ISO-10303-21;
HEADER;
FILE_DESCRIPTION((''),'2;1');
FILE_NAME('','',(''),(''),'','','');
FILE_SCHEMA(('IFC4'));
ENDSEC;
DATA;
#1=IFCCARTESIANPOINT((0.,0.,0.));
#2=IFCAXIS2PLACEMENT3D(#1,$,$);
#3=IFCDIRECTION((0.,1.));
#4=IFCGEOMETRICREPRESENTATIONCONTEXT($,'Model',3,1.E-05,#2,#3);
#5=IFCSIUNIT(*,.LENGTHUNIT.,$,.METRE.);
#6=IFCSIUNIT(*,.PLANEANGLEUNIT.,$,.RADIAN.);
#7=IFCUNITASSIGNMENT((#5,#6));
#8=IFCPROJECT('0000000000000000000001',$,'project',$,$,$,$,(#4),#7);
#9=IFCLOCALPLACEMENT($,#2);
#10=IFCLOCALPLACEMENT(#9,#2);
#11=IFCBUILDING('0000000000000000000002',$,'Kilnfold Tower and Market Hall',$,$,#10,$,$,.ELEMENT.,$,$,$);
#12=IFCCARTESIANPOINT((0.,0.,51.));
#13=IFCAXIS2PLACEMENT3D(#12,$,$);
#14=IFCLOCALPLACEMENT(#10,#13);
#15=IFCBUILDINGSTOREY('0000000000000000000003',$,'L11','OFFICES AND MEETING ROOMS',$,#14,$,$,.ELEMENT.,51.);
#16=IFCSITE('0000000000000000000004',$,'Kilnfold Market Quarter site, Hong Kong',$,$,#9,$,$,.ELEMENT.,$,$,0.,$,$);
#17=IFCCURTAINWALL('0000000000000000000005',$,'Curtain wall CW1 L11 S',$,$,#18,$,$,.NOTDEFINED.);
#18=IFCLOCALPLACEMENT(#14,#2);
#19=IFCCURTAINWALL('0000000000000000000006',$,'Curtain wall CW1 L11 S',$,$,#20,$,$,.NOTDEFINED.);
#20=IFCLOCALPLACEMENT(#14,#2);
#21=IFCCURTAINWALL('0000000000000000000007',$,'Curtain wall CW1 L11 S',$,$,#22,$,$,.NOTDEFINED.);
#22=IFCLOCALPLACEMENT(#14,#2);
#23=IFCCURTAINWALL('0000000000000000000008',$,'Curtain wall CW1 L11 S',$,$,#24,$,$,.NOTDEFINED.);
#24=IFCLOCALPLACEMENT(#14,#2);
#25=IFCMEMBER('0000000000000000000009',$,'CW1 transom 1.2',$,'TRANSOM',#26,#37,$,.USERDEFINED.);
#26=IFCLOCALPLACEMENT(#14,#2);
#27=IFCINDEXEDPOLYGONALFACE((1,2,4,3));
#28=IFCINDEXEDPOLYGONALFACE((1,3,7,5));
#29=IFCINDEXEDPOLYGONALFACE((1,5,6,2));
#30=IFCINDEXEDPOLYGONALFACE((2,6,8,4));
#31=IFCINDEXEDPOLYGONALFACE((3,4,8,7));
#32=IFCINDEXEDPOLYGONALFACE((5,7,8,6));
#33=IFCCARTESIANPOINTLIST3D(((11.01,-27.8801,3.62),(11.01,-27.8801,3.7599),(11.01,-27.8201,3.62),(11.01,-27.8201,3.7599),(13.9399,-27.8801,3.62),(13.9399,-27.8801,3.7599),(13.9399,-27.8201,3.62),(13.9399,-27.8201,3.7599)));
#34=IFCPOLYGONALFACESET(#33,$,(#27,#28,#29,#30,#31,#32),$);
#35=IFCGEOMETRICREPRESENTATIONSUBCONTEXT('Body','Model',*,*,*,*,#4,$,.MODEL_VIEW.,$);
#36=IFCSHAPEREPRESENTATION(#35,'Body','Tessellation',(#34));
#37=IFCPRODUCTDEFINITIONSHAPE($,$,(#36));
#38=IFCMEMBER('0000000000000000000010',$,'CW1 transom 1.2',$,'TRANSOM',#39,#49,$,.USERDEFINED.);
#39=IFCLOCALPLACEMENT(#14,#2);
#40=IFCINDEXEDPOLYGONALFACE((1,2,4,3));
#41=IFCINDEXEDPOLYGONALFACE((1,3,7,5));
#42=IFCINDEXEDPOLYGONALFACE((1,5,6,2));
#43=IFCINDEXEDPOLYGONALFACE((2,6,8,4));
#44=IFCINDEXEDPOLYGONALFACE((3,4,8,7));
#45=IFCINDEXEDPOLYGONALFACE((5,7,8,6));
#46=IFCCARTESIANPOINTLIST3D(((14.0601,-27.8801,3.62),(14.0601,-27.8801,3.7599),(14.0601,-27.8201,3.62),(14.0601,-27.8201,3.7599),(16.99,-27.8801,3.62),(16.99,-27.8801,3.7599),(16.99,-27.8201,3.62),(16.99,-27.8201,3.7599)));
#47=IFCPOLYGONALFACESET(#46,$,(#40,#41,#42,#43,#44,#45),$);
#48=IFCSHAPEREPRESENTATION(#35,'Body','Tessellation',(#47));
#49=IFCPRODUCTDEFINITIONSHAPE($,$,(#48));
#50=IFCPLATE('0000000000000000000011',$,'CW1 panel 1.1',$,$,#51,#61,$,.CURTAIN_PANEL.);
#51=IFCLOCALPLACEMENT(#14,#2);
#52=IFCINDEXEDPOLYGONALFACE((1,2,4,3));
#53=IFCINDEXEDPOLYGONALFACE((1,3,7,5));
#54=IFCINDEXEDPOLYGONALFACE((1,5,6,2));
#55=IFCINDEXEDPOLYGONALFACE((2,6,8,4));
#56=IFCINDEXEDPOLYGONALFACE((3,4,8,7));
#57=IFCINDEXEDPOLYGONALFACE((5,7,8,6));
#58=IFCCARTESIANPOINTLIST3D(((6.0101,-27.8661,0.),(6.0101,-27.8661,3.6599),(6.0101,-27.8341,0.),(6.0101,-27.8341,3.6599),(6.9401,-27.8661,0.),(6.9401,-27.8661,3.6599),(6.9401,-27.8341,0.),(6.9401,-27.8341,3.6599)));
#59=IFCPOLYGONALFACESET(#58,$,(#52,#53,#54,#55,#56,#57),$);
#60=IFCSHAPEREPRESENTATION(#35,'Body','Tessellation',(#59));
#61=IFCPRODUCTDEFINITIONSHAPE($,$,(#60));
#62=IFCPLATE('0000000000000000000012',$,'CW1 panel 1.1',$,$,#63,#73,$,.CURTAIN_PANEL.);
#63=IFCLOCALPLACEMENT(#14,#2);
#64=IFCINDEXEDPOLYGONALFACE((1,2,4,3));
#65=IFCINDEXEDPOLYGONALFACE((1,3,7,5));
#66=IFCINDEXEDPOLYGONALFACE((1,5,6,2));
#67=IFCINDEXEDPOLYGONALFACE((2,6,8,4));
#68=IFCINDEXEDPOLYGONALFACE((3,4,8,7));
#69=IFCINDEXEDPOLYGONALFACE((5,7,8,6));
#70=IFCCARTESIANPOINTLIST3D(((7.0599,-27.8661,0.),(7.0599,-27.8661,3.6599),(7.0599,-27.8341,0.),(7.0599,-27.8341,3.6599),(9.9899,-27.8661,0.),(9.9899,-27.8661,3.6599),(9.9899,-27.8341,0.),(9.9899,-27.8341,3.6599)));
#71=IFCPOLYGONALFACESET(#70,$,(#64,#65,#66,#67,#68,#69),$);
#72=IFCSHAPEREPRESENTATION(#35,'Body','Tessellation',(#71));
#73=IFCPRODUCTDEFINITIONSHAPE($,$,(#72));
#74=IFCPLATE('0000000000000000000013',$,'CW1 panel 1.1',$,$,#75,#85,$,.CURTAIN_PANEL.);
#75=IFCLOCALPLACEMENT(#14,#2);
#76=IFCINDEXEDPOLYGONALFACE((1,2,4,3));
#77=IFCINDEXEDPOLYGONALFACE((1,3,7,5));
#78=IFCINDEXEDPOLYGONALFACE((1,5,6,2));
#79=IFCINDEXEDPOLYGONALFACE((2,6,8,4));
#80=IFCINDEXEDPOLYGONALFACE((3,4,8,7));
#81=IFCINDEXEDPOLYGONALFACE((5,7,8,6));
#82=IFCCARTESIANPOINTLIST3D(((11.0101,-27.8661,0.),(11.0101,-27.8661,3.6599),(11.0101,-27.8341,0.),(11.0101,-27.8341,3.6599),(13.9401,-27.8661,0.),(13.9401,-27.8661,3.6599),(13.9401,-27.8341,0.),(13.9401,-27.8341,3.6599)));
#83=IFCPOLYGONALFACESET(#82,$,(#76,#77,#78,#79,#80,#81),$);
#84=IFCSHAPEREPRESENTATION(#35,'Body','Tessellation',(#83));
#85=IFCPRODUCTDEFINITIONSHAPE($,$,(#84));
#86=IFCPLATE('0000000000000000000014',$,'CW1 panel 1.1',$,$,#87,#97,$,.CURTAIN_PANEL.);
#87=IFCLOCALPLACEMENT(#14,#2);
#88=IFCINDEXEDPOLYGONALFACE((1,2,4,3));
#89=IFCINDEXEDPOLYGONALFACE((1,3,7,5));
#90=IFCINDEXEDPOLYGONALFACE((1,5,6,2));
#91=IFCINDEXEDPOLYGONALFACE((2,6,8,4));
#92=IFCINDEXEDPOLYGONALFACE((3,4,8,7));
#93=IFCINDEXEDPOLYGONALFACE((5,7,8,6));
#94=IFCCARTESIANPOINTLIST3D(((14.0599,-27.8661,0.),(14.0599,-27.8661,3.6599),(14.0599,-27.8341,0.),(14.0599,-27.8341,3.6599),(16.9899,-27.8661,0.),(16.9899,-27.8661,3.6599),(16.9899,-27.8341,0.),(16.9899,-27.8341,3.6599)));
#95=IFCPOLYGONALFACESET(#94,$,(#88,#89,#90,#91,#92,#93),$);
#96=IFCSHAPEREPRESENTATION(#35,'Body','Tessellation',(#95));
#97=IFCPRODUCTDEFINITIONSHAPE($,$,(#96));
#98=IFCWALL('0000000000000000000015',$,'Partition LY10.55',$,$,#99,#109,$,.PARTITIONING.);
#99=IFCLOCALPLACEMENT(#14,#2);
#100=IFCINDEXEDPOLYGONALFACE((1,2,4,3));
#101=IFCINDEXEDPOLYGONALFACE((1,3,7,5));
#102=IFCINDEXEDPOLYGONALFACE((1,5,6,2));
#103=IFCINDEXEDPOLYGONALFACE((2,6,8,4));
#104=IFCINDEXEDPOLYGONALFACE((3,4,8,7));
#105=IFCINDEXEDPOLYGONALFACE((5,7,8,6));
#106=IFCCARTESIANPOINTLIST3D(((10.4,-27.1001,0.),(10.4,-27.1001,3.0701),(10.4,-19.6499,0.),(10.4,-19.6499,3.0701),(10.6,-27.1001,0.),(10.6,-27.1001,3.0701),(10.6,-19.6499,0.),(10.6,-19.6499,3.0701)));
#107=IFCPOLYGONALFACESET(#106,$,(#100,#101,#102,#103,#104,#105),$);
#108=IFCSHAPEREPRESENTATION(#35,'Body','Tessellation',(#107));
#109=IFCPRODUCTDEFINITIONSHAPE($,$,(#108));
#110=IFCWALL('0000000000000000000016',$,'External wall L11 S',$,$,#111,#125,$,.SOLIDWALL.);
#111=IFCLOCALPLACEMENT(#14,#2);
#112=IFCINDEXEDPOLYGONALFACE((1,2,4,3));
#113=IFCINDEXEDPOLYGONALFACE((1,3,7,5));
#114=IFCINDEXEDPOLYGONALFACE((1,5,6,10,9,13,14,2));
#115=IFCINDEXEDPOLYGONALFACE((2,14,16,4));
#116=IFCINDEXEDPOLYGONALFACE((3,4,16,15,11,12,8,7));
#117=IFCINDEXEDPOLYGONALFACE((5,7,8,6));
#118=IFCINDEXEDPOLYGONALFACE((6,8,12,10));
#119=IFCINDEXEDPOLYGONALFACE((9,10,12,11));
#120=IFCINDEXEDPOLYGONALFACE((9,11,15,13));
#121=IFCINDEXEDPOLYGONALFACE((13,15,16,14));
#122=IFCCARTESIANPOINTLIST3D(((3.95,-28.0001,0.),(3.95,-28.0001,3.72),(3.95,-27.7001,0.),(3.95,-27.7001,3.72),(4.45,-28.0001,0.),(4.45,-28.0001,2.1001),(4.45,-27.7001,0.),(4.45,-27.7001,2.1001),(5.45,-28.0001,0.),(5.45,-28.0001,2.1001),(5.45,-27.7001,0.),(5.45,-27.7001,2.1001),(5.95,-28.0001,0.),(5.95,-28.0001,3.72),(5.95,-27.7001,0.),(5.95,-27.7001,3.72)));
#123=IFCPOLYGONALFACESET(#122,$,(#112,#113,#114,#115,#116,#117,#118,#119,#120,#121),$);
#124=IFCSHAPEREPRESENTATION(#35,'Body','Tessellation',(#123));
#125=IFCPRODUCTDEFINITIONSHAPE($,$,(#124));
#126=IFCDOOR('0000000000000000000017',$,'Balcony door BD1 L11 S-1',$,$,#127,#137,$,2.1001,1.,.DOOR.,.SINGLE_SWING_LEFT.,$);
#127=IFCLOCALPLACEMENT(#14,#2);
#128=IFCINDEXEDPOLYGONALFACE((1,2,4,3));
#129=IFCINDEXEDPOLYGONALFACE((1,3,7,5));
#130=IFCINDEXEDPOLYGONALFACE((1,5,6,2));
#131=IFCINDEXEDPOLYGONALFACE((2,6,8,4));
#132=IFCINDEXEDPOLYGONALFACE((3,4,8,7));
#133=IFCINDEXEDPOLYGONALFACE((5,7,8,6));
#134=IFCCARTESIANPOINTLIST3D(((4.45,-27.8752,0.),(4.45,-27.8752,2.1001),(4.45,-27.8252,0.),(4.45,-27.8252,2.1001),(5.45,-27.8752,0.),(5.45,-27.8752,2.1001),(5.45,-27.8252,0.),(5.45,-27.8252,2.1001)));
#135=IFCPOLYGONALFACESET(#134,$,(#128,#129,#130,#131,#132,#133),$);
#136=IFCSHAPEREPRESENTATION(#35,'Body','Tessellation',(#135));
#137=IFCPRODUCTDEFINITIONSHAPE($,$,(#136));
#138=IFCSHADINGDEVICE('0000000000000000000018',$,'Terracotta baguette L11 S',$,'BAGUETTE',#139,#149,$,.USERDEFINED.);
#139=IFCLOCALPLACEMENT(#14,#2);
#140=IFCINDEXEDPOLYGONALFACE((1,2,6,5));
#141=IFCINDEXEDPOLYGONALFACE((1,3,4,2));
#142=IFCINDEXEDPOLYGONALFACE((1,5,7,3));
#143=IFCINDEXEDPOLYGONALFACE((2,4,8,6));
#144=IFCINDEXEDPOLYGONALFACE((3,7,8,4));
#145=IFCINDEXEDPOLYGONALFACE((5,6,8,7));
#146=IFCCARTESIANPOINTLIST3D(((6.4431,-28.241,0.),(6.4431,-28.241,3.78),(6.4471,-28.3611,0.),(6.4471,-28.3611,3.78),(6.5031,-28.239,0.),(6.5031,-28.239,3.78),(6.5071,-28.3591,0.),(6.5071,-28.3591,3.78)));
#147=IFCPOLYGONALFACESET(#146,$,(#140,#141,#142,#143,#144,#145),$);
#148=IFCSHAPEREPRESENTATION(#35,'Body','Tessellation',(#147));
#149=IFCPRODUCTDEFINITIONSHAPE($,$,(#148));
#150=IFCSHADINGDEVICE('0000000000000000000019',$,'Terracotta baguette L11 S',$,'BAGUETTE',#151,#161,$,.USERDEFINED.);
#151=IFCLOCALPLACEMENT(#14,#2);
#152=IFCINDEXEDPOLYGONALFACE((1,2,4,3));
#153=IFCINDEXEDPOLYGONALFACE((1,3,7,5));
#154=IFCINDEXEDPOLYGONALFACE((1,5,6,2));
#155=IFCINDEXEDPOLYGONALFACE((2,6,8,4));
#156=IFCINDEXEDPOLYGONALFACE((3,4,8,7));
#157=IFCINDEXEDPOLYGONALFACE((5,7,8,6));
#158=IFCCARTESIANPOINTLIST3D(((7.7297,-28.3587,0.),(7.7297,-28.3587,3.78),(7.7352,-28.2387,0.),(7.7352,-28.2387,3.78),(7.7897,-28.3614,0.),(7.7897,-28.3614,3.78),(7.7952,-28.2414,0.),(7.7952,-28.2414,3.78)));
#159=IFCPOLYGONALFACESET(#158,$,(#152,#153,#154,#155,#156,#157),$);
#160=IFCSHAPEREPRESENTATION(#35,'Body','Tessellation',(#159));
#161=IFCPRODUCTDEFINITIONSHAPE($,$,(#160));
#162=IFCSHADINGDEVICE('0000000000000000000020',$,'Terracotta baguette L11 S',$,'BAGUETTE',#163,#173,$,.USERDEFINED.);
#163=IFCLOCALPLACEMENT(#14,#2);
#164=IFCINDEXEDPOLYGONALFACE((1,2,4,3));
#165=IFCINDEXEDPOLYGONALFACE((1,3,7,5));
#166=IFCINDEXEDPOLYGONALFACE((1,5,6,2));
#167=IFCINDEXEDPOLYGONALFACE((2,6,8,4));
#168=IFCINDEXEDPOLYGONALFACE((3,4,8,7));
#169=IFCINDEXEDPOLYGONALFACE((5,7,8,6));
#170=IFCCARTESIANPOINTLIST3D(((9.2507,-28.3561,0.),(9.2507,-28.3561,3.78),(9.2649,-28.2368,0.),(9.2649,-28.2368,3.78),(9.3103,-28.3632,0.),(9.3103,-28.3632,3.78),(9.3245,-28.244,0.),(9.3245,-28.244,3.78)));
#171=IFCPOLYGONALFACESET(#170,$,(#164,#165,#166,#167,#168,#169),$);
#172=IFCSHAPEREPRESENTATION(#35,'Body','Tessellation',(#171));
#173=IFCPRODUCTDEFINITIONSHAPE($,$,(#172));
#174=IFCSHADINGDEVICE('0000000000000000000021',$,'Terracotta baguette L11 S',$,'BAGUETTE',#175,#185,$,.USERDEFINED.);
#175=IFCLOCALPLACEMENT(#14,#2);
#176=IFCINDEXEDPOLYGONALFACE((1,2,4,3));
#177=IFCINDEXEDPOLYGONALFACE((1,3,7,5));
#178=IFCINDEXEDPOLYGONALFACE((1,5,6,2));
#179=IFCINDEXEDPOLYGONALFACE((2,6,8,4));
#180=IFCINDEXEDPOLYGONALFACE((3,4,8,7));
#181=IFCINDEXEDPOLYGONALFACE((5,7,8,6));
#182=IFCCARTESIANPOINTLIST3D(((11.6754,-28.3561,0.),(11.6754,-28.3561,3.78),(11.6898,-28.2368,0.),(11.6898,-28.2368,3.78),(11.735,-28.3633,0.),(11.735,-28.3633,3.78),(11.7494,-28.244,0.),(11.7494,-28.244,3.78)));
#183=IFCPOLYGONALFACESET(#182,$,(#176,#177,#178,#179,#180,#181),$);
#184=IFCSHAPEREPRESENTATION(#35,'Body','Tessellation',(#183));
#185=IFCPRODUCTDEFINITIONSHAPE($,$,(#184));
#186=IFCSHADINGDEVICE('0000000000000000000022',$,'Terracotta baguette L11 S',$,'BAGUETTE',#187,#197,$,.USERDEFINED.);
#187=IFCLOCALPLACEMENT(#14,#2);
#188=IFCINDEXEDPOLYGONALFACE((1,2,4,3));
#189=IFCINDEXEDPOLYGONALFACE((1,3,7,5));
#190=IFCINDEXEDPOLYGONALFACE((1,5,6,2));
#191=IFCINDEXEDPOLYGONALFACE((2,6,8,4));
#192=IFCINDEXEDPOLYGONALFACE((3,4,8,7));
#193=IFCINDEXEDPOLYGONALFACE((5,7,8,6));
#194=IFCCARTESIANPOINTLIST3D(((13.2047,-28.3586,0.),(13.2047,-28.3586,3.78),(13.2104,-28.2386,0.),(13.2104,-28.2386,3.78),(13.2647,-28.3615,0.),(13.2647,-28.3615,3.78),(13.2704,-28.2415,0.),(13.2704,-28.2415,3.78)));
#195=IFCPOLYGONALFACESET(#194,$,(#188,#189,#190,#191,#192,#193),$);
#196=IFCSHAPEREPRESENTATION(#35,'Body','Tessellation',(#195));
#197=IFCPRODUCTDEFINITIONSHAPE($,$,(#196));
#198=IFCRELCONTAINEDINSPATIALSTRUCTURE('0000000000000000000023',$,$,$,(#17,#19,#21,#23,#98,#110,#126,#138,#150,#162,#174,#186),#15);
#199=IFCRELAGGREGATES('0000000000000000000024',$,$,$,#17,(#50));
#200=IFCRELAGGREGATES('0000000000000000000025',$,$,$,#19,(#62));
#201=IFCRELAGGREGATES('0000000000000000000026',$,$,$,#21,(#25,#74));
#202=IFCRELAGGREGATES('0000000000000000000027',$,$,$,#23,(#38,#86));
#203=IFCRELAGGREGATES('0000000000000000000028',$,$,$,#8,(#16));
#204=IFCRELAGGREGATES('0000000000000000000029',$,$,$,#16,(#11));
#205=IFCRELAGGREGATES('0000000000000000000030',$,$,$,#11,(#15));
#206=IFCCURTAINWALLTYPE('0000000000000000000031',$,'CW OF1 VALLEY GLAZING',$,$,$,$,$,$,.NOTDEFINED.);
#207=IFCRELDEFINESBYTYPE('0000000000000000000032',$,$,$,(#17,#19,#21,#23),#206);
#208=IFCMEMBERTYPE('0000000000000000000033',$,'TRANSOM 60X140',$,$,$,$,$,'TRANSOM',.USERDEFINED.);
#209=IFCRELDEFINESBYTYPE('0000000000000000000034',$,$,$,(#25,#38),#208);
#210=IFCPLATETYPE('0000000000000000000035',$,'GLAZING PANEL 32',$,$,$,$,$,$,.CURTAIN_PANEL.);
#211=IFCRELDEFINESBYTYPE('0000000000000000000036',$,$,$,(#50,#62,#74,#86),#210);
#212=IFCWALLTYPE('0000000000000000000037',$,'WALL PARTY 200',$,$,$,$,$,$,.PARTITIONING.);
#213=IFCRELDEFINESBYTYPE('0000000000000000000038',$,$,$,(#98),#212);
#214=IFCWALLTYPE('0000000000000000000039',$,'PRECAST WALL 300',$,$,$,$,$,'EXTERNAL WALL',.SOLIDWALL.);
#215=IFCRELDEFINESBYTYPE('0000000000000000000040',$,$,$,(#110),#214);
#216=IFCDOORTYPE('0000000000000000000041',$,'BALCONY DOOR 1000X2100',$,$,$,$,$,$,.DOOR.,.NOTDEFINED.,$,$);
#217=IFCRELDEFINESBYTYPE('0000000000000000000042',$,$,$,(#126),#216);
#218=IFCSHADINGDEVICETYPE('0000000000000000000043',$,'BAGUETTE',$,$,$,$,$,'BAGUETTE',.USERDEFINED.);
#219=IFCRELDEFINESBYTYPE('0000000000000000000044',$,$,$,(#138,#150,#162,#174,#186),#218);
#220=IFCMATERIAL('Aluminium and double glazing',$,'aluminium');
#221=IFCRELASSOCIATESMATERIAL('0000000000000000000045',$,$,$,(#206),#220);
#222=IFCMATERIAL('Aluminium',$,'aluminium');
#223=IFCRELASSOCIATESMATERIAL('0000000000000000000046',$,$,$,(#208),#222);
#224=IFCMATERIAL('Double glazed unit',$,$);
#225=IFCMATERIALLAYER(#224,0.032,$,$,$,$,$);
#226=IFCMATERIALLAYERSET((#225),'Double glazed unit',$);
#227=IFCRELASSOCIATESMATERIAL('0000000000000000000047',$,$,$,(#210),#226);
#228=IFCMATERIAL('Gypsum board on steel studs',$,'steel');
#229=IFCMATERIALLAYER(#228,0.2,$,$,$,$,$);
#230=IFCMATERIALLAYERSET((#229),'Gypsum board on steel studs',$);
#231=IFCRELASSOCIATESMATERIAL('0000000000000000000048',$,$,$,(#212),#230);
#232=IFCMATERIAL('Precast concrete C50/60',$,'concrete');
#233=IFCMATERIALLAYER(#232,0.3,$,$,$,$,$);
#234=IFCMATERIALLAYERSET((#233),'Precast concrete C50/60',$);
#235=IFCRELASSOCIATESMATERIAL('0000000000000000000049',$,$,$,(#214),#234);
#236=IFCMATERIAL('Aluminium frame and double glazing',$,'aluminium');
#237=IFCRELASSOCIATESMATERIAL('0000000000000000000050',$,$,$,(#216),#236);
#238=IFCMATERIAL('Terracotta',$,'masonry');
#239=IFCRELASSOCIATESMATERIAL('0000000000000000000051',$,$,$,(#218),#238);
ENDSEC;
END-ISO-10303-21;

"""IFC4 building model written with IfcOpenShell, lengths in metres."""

from ifc_helpers import new_model, si_unit, direction, frame, frame_2d, origin, origin_2d, place, context, subcontext, project, spatial, rectangle, extrude, source, transform, mapped, material, layer, layer_set, material_profile, profile_set, type_object, element, fill, aggregate, save


model = new_model("IFC4")

# Units and contexts
model_context = context("Model", 3, precision=1e-05, world=origin(), true_north=direction((0.0, 1.0)))
body_context = subcontext(model_context, "Body", "Model", "MODEL_VIEW")
ifc_project = project(units=[si_unit("LENGTHUNIT", "METRE"), si_unit("PLANEANGLEUNIT", "RADIAN")], contexts=[model_context])

# Site, building, storey
site_placement = place(None, origin())
site = spatial("IfcSite", under=ifc_project, at=site_placement, Name="Kilnfold Market Quarter site, Hong Kong", CompositionType="ELEMENT", RefElevation=0.0)
building_placement = place(site_placement, origin())
building = spatial("IfcBuilding", under=site, at=building_placement, Name="Kilnfold Tower and Market Hall", CompositionType="ELEMENT")
storey_placement = place(building_placement, frame((0.0, 0.0, 51.0)))
storey = spatial("IfcBuildingStorey", under=building, at=storey_placement, Name="L11", Description="OFFICES AND MEETING ROOMS", CompositionType="ELEMENT", Elevation=51.0)

# Curtain walls
ifc_material_1 = material(Name="Aluminium and double glazing", Category="aluminium")
curtain_wall_type = type_object("IfcCurtainWallType", Name="CW OF1 VALLEY GLAZING", PredefinedType="NOTDEFINED", material=ifc_material_1)
curtain_wall_1_placement = place(storey_placement, origin())
curtain_wall_1 = element("IfcCurtainWall", 1, at=curtain_wall_1_placement, inside=storey, type_object=curtain_wall_type, Name="Curtain wall CW1 L11 S", PredefinedType="NOTDEFINED")
curtain_wall_2_placement = place(storey_placement, origin())
curtain_wall_2 = element("IfcCurtainWall", 2, at=curtain_wall_2_placement, inside=storey, type_object=curtain_wall_type, Name="Curtain wall CW1 L11 S", PredefinedType="NOTDEFINED")
curtain_wall_3_placement = place(storey_placement, origin())
curtain_wall_3 = element("IfcCurtainWall", 3, at=curtain_wall_3_placement, inside=storey, type_object=curtain_wall_type, Name="Curtain wall CW1 L11 S", PredefinedType="NOTDEFINED")
curtain_wall_4_placement = place(storey_placement, origin())
curtain_wall_4 = element("IfcCurtainWall", 4, at=curtain_wall_4_placement, inside=storey, type_object=curtain_wall_type, Name="Curtain wall CW1 L11 S", PredefinedType="NOTDEFINED")

# Members
ifc_material_2 = material(Name="Aluminium", Category="aluminium")
ifc_material_profile_1 = material_profile(ifc_material_2, rectangle(XDim=0.0601, YDim=0.1399, at=origin_2d()), Name="TRANSOM 60x140")
ifc_profile_set_1 = profile_set([ifc_material_profile_1], Name="Aluminium")
member_type_1 = type_object("IfcMemberType", Name="TRANSOM 60X140", ElementType="TRANSOM", PredefinedType="USERDEFINED", material=ifc_profile_set_1)
shared_shape_1 = source(origin(), body_context, "Body", "SweptSolid", [
    extrude(rectangle(XDim=0.0601, YDim=0.1399, at=origin_2d()), origin(), (0.0, 0.0, 1.0), 2.9299),
])
member_1_placement = place(storey_placement, frame((11.01, -27.8501, 3.6899), z_axis=(1.0, 0.0, 0.0), x_axis=(0.0, 1.0, 0.0)))
member_1 = element("IfcMember", 5, at=member_1_placement, type_object=member_type_1, Name="CW1 transom 1.2", ObjectType="TRANSOM", PredefinedType="USERDEFINED", context=body_context, shape_type="MappedRepresentation", body=[
    mapped(shared_shape_1, transform((0.0, 0.0, 0.0))),
])
member_2_placement = place(storey_placement, frame((14.0601, -27.8501, 3.6899), z_axis=(1.0, 0.0, 0.0), x_axis=(0.0, 1.0, 0.0)))
member_2 = element("IfcMember", 6, at=member_2_placement, type_object=member_type_1, Name="CW1 transom 1.2", ObjectType="TRANSOM", PredefinedType="USERDEFINED", context=body_context, shape_type="MappedRepresentation", body=[
    mapped(shared_shape_1, transform((0.0, 0.0, 0.0))),
])

# Plates
ifc_material_3 = material(Name="Double glazed unit")
ifc_layer_1 = layer(ifc_material_3, 0.032)
ifc_layer_set_1 = layer_set([ifc_layer_1], Name="Double glazed unit")
plate_type = type_object("IfcPlateType", Name="GLAZING PANEL 32", PredefinedType="CURTAIN_PANEL", material=ifc_layer_set_1)
shared_shape_2 = source(origin(), body_context, "Body", "SweptSolid", [
    extrude(rectangle(XDim=0.9299, YDim=0.032, at=origin_2d()), origin(), (0.0, 0.0, 1.0), 3.6599),
])
plate_1_placement = place(storey_placement, frame((6.4751, -27.8501, 0.0), z_axis=(0.0, 0.0, 1.0), x_axis=(1.0, 0.0, 0.0)))
plate_1 = element("IfcPlate", 7, at=plate_1_placement, type_object=plate_type, Name="CW1 panel 1.1", PredefinedType="CURTAIN_PANEL", context=body_context, shape_type="MappedRepresentation", body=[
    mapped(shared_shape_2, transform((0.0, 0.0, 0.0))),
])
aggregate(curtain_wall_1, [plate_1])
shared_shape_3 = source(origin(), body_context, "Body", "SweptSolid", [
    extrude(rectangle(XDim=2.9299, YDim=0.032, at=origin_2d()), origin(), (0.0, 0.0, 1.0), 3.6599),
])
plate_2_placement = place(storey_placement, frame((8.5249, -27.8501, 0.0), z_axis=(0.0, 0.0, 1.0), x_axis=(1.0, 0.0, 0.0)))
plate_2 = element("IfcPlate", 8, at=plate_2_placement, type_object=plate_type, Name="CW1 panel 1.1", PredefinedType="CURTAIN_PANEL", context=body_context, shape_type="MappedRepresentation", body=[
    mapped(shared_shape_3, transform((0.0, 0.0, 0.0))),
])
aggregate(curtain_wall_2, [plate_2])
plate_3_placement = place(storey_placement, frame((12.4751, -27.8501, 0.0), z_axis=(0.0, 0.0, 1.0), x_axis=(1.0, 0.0, 0.0)))
plate_3 = element("IfcPlate", 9, at=plate_3_placement, type_object=plate_type, Name="CW1 panel 1.1", PredefinedType="CURTAIN_PANEL", context=body_context, shape_type="MappedRepresentation", body=[
    mapped(shared_shape_3, transform((0.0, 0.0, 0.0))),
])
aggregate(curtain_wall_3, [member_1, plate_3])
plate_4_placement = place(storey_placement, frame((15.5249, -27.8501, 0.0), z_axis=(0.0, 0.0, 1.0), x_axis=(1.0, 0.0, 0.0)))
plate_4 = element("IfcPlate", 10, at=plate_4_placement, type_object=plate_type, Name="CW1 panel 1.1", PredefinedType="CURTAIN_PANEL", context=body_context, shape_type="MappedRepresentation", body=[
    mapped(shared_shape_3, transform((0.0, 0.0, 0.0))),
])
aggregate(curtain_wall_4, [member_2, plate_4])

# Wall
ifc_material_4 = material(Name="Gypsum board on steel studs", Category="steel")
ifc_layer_2 = layer(ifc_material_4, 0.2)
ifc_layer_set_2 = layer_set([ifc_layer_2], Name="Gypsum board on steel studs")
wall_type_1 = type_object("IfcWallType", Name="WALL PARTY 200", PredefinedType="PARTITIONING", material=ifc_layer_set_2)
wall_1_placement = place(storey_placement, frame((10.5, -27.1001, 0.0), z_axis=(0.0, 0.0, 1.0), x_axis=(0.0, 1.0, 0.0)))
element("IfcWall", 11, at=wall_1_placement, inside=storey, type_object=wall_type_1, Name="Partition LY10.55", PredefinedType="PARTITIONING", context=body_context, shape_type="SweptSolid", body=[
    extrude(rectangle(XDim=7.4502, YDim=0.2, at=frame_2d((3.7251, 0.0))), origin(), (0.0, 0.0, 1.0), 3.0701),
])

# Wall, opening, door
ifc_material_5 = material(Name="Precast concrete C50/60", Category="concrete")
ifc_layer_3 = layer(ifc_material_5, 0.3)
ifc_layer_set_3 = layer_set([ifc_layer_3], Name="Precast concrete C50/60")
wall_type_2 = type_object("IfcWallType", Name="PRECAST WALL 300", ElementType="EXTERNAL WALL", PredefinedType="SOLIDWALL", material=ifc_layer_set_3)
shared_shape_4 = source(origin(), body_context, "Body", "SweptSolid", [
    extrude(rectangle(XDim=2.0, YDim=0.3, at=frame_2d((1.0, 0.0))), origin(), (0.0, 0.0, 1.0), 3.72),
])
wall_2_placement = place(storey_placement, frame((3.95, -27.8501, 0.0), z_axis=(0.0, 0.0, 1.0), x_axis=(1.0, 0.0, 0.0)))
wall_2 = element("IfcWall", 12, at=wall_2_placement, inside=storey, type_object=wall_type_2, Name="External wall L11 S", PredefinedType="SOLIDWALL", context=body_context, shape_type="MappedRepresentation", body=[
    mapped(shared_shape_4, transform((0.0, 0.0, 0.0))),
])
opening_placement = place(wall_2_placement, frame((0.5, 0.0, 0.0)))
opening = element("IfcOpeningElement", 13, at=opening_placement, cuts=wall_2, PredefinedType="OPENING", context=body_context, shape_type="SweptSolid", body=[
    extrude(rectangle(XDim=1.0, YDim=2.1001, at=frame_2d((0.5, 1.05))), frame((0.0, 0.1602, 0.0), z_axis=(0.0, -1.0, 0.0), x_axis=(1.0, 0.0, 0.0)), (0.0, 0.0, 1.0), 0.3201),
])
ifc_material_6 = material(Name="Aluminium frame and double glazing", Category="aluminium")
door_type = type_object("IfcDoorType", Name="BALCONY DOOR 1000X2100", OperationType="NOTDEFINED", PredefinedType="DOOR", material=ifc_material_6)
door_placement = place(opening_placement, origin())
door = element("IfcDoor", 14, at=door_placement, inside=storey, type_object=door_type, Name="Balcony door BD1 L11 S-1", OperationType="SINGLE_SWING_LEFT", OverallHeight=2.1001, OverallWidth=1.0, PredefinedType="DOOR", context=body_context, shape_type="SweptSolid", body=[
    extrude(rectangle(XDim=1.0, YDim=2.1001, at=frame_2d((0.5, 1.05))), frame((0.0, 0.0249, 0.0), z_axis=(0.0, -1.0, 0.0), x_axis=(1.0, 0.0, 0.0)), (0.0, 0.0, 1.0), 0.05),
])
fill(opening, door)

# Shading devices
ifc_material_7 = material(Name="Terracotta", Category="masonry")
ifc_material_profile_2 = material_profile(ifc_material_7, rectangle(XDim=0.0601, YDim=0.1201, at=origin_2d()), Name="BAG 60x120")
ifc_profile_set_2 = profile_set([ifc_material_profile_2], Name="Terracotta")
shading_device_type = type_object("IfcShadingDeviceType", Name="BAGUETTE", ElementType="BAGUETTE", PredefinedType="USERDEFINED", material=ifc_profile_set_2)
shared_shape_5 = source(origin(), body_context, "Body", "SweptSolid", [
    extrude(rectangle(XDim=0.0601, YDim=0.1201, at=origin_2d()), origin(), (0.0, 0.0, 1.0), 3.78),
])
for number, where, z_axis, x_axis, name in (
    (15, (6.4751, -28.3, 0.0), (0.0, 0.0, 1.0), (0.999441, 0.033441, 0.0), "Terracotta baguette L11 S"),
    (16, (7.7625, -28.3, 0.0), (0.0, 0.0, 1.0), (0.998941, -0.04601, 0.0), "Terracotta baguette L11 S"),
    (17, (9.2876, -28.3, 0.0), (0.0, 0.0, 1.0), (0.992928, -0.118721, 0.0), "Terracotta baguette L11 S"),
    (18, (11.7124, -28.3, 0.0), (0.0, 0.0, 1.0), (0.992819, -0.119624, 0.0), "Terracotta baguette L11 S"),
    (19, (13.2375, -28.3, 0.0), (0.0, 0.0, 1.0), (0.998864, -0.047661, 0.0), "Terracotta baguette L11 S"),
):
    element("IfcShadingDevice", number, at=place(storey_placement, frame(where, z_axis=z_axis, x_axis=x_axis)), inside=storey, type_object=shading_device_type, Name=name, ObjectType="BAGUETTE", PredefinedType="USERDEFINED", context=body_context, shape_type="MappedRepresentation", body=[
        mapped(shared_shape_5, transform((0.0, 0.0, 0.0))),
    ])

save(model, "model.ifc")
